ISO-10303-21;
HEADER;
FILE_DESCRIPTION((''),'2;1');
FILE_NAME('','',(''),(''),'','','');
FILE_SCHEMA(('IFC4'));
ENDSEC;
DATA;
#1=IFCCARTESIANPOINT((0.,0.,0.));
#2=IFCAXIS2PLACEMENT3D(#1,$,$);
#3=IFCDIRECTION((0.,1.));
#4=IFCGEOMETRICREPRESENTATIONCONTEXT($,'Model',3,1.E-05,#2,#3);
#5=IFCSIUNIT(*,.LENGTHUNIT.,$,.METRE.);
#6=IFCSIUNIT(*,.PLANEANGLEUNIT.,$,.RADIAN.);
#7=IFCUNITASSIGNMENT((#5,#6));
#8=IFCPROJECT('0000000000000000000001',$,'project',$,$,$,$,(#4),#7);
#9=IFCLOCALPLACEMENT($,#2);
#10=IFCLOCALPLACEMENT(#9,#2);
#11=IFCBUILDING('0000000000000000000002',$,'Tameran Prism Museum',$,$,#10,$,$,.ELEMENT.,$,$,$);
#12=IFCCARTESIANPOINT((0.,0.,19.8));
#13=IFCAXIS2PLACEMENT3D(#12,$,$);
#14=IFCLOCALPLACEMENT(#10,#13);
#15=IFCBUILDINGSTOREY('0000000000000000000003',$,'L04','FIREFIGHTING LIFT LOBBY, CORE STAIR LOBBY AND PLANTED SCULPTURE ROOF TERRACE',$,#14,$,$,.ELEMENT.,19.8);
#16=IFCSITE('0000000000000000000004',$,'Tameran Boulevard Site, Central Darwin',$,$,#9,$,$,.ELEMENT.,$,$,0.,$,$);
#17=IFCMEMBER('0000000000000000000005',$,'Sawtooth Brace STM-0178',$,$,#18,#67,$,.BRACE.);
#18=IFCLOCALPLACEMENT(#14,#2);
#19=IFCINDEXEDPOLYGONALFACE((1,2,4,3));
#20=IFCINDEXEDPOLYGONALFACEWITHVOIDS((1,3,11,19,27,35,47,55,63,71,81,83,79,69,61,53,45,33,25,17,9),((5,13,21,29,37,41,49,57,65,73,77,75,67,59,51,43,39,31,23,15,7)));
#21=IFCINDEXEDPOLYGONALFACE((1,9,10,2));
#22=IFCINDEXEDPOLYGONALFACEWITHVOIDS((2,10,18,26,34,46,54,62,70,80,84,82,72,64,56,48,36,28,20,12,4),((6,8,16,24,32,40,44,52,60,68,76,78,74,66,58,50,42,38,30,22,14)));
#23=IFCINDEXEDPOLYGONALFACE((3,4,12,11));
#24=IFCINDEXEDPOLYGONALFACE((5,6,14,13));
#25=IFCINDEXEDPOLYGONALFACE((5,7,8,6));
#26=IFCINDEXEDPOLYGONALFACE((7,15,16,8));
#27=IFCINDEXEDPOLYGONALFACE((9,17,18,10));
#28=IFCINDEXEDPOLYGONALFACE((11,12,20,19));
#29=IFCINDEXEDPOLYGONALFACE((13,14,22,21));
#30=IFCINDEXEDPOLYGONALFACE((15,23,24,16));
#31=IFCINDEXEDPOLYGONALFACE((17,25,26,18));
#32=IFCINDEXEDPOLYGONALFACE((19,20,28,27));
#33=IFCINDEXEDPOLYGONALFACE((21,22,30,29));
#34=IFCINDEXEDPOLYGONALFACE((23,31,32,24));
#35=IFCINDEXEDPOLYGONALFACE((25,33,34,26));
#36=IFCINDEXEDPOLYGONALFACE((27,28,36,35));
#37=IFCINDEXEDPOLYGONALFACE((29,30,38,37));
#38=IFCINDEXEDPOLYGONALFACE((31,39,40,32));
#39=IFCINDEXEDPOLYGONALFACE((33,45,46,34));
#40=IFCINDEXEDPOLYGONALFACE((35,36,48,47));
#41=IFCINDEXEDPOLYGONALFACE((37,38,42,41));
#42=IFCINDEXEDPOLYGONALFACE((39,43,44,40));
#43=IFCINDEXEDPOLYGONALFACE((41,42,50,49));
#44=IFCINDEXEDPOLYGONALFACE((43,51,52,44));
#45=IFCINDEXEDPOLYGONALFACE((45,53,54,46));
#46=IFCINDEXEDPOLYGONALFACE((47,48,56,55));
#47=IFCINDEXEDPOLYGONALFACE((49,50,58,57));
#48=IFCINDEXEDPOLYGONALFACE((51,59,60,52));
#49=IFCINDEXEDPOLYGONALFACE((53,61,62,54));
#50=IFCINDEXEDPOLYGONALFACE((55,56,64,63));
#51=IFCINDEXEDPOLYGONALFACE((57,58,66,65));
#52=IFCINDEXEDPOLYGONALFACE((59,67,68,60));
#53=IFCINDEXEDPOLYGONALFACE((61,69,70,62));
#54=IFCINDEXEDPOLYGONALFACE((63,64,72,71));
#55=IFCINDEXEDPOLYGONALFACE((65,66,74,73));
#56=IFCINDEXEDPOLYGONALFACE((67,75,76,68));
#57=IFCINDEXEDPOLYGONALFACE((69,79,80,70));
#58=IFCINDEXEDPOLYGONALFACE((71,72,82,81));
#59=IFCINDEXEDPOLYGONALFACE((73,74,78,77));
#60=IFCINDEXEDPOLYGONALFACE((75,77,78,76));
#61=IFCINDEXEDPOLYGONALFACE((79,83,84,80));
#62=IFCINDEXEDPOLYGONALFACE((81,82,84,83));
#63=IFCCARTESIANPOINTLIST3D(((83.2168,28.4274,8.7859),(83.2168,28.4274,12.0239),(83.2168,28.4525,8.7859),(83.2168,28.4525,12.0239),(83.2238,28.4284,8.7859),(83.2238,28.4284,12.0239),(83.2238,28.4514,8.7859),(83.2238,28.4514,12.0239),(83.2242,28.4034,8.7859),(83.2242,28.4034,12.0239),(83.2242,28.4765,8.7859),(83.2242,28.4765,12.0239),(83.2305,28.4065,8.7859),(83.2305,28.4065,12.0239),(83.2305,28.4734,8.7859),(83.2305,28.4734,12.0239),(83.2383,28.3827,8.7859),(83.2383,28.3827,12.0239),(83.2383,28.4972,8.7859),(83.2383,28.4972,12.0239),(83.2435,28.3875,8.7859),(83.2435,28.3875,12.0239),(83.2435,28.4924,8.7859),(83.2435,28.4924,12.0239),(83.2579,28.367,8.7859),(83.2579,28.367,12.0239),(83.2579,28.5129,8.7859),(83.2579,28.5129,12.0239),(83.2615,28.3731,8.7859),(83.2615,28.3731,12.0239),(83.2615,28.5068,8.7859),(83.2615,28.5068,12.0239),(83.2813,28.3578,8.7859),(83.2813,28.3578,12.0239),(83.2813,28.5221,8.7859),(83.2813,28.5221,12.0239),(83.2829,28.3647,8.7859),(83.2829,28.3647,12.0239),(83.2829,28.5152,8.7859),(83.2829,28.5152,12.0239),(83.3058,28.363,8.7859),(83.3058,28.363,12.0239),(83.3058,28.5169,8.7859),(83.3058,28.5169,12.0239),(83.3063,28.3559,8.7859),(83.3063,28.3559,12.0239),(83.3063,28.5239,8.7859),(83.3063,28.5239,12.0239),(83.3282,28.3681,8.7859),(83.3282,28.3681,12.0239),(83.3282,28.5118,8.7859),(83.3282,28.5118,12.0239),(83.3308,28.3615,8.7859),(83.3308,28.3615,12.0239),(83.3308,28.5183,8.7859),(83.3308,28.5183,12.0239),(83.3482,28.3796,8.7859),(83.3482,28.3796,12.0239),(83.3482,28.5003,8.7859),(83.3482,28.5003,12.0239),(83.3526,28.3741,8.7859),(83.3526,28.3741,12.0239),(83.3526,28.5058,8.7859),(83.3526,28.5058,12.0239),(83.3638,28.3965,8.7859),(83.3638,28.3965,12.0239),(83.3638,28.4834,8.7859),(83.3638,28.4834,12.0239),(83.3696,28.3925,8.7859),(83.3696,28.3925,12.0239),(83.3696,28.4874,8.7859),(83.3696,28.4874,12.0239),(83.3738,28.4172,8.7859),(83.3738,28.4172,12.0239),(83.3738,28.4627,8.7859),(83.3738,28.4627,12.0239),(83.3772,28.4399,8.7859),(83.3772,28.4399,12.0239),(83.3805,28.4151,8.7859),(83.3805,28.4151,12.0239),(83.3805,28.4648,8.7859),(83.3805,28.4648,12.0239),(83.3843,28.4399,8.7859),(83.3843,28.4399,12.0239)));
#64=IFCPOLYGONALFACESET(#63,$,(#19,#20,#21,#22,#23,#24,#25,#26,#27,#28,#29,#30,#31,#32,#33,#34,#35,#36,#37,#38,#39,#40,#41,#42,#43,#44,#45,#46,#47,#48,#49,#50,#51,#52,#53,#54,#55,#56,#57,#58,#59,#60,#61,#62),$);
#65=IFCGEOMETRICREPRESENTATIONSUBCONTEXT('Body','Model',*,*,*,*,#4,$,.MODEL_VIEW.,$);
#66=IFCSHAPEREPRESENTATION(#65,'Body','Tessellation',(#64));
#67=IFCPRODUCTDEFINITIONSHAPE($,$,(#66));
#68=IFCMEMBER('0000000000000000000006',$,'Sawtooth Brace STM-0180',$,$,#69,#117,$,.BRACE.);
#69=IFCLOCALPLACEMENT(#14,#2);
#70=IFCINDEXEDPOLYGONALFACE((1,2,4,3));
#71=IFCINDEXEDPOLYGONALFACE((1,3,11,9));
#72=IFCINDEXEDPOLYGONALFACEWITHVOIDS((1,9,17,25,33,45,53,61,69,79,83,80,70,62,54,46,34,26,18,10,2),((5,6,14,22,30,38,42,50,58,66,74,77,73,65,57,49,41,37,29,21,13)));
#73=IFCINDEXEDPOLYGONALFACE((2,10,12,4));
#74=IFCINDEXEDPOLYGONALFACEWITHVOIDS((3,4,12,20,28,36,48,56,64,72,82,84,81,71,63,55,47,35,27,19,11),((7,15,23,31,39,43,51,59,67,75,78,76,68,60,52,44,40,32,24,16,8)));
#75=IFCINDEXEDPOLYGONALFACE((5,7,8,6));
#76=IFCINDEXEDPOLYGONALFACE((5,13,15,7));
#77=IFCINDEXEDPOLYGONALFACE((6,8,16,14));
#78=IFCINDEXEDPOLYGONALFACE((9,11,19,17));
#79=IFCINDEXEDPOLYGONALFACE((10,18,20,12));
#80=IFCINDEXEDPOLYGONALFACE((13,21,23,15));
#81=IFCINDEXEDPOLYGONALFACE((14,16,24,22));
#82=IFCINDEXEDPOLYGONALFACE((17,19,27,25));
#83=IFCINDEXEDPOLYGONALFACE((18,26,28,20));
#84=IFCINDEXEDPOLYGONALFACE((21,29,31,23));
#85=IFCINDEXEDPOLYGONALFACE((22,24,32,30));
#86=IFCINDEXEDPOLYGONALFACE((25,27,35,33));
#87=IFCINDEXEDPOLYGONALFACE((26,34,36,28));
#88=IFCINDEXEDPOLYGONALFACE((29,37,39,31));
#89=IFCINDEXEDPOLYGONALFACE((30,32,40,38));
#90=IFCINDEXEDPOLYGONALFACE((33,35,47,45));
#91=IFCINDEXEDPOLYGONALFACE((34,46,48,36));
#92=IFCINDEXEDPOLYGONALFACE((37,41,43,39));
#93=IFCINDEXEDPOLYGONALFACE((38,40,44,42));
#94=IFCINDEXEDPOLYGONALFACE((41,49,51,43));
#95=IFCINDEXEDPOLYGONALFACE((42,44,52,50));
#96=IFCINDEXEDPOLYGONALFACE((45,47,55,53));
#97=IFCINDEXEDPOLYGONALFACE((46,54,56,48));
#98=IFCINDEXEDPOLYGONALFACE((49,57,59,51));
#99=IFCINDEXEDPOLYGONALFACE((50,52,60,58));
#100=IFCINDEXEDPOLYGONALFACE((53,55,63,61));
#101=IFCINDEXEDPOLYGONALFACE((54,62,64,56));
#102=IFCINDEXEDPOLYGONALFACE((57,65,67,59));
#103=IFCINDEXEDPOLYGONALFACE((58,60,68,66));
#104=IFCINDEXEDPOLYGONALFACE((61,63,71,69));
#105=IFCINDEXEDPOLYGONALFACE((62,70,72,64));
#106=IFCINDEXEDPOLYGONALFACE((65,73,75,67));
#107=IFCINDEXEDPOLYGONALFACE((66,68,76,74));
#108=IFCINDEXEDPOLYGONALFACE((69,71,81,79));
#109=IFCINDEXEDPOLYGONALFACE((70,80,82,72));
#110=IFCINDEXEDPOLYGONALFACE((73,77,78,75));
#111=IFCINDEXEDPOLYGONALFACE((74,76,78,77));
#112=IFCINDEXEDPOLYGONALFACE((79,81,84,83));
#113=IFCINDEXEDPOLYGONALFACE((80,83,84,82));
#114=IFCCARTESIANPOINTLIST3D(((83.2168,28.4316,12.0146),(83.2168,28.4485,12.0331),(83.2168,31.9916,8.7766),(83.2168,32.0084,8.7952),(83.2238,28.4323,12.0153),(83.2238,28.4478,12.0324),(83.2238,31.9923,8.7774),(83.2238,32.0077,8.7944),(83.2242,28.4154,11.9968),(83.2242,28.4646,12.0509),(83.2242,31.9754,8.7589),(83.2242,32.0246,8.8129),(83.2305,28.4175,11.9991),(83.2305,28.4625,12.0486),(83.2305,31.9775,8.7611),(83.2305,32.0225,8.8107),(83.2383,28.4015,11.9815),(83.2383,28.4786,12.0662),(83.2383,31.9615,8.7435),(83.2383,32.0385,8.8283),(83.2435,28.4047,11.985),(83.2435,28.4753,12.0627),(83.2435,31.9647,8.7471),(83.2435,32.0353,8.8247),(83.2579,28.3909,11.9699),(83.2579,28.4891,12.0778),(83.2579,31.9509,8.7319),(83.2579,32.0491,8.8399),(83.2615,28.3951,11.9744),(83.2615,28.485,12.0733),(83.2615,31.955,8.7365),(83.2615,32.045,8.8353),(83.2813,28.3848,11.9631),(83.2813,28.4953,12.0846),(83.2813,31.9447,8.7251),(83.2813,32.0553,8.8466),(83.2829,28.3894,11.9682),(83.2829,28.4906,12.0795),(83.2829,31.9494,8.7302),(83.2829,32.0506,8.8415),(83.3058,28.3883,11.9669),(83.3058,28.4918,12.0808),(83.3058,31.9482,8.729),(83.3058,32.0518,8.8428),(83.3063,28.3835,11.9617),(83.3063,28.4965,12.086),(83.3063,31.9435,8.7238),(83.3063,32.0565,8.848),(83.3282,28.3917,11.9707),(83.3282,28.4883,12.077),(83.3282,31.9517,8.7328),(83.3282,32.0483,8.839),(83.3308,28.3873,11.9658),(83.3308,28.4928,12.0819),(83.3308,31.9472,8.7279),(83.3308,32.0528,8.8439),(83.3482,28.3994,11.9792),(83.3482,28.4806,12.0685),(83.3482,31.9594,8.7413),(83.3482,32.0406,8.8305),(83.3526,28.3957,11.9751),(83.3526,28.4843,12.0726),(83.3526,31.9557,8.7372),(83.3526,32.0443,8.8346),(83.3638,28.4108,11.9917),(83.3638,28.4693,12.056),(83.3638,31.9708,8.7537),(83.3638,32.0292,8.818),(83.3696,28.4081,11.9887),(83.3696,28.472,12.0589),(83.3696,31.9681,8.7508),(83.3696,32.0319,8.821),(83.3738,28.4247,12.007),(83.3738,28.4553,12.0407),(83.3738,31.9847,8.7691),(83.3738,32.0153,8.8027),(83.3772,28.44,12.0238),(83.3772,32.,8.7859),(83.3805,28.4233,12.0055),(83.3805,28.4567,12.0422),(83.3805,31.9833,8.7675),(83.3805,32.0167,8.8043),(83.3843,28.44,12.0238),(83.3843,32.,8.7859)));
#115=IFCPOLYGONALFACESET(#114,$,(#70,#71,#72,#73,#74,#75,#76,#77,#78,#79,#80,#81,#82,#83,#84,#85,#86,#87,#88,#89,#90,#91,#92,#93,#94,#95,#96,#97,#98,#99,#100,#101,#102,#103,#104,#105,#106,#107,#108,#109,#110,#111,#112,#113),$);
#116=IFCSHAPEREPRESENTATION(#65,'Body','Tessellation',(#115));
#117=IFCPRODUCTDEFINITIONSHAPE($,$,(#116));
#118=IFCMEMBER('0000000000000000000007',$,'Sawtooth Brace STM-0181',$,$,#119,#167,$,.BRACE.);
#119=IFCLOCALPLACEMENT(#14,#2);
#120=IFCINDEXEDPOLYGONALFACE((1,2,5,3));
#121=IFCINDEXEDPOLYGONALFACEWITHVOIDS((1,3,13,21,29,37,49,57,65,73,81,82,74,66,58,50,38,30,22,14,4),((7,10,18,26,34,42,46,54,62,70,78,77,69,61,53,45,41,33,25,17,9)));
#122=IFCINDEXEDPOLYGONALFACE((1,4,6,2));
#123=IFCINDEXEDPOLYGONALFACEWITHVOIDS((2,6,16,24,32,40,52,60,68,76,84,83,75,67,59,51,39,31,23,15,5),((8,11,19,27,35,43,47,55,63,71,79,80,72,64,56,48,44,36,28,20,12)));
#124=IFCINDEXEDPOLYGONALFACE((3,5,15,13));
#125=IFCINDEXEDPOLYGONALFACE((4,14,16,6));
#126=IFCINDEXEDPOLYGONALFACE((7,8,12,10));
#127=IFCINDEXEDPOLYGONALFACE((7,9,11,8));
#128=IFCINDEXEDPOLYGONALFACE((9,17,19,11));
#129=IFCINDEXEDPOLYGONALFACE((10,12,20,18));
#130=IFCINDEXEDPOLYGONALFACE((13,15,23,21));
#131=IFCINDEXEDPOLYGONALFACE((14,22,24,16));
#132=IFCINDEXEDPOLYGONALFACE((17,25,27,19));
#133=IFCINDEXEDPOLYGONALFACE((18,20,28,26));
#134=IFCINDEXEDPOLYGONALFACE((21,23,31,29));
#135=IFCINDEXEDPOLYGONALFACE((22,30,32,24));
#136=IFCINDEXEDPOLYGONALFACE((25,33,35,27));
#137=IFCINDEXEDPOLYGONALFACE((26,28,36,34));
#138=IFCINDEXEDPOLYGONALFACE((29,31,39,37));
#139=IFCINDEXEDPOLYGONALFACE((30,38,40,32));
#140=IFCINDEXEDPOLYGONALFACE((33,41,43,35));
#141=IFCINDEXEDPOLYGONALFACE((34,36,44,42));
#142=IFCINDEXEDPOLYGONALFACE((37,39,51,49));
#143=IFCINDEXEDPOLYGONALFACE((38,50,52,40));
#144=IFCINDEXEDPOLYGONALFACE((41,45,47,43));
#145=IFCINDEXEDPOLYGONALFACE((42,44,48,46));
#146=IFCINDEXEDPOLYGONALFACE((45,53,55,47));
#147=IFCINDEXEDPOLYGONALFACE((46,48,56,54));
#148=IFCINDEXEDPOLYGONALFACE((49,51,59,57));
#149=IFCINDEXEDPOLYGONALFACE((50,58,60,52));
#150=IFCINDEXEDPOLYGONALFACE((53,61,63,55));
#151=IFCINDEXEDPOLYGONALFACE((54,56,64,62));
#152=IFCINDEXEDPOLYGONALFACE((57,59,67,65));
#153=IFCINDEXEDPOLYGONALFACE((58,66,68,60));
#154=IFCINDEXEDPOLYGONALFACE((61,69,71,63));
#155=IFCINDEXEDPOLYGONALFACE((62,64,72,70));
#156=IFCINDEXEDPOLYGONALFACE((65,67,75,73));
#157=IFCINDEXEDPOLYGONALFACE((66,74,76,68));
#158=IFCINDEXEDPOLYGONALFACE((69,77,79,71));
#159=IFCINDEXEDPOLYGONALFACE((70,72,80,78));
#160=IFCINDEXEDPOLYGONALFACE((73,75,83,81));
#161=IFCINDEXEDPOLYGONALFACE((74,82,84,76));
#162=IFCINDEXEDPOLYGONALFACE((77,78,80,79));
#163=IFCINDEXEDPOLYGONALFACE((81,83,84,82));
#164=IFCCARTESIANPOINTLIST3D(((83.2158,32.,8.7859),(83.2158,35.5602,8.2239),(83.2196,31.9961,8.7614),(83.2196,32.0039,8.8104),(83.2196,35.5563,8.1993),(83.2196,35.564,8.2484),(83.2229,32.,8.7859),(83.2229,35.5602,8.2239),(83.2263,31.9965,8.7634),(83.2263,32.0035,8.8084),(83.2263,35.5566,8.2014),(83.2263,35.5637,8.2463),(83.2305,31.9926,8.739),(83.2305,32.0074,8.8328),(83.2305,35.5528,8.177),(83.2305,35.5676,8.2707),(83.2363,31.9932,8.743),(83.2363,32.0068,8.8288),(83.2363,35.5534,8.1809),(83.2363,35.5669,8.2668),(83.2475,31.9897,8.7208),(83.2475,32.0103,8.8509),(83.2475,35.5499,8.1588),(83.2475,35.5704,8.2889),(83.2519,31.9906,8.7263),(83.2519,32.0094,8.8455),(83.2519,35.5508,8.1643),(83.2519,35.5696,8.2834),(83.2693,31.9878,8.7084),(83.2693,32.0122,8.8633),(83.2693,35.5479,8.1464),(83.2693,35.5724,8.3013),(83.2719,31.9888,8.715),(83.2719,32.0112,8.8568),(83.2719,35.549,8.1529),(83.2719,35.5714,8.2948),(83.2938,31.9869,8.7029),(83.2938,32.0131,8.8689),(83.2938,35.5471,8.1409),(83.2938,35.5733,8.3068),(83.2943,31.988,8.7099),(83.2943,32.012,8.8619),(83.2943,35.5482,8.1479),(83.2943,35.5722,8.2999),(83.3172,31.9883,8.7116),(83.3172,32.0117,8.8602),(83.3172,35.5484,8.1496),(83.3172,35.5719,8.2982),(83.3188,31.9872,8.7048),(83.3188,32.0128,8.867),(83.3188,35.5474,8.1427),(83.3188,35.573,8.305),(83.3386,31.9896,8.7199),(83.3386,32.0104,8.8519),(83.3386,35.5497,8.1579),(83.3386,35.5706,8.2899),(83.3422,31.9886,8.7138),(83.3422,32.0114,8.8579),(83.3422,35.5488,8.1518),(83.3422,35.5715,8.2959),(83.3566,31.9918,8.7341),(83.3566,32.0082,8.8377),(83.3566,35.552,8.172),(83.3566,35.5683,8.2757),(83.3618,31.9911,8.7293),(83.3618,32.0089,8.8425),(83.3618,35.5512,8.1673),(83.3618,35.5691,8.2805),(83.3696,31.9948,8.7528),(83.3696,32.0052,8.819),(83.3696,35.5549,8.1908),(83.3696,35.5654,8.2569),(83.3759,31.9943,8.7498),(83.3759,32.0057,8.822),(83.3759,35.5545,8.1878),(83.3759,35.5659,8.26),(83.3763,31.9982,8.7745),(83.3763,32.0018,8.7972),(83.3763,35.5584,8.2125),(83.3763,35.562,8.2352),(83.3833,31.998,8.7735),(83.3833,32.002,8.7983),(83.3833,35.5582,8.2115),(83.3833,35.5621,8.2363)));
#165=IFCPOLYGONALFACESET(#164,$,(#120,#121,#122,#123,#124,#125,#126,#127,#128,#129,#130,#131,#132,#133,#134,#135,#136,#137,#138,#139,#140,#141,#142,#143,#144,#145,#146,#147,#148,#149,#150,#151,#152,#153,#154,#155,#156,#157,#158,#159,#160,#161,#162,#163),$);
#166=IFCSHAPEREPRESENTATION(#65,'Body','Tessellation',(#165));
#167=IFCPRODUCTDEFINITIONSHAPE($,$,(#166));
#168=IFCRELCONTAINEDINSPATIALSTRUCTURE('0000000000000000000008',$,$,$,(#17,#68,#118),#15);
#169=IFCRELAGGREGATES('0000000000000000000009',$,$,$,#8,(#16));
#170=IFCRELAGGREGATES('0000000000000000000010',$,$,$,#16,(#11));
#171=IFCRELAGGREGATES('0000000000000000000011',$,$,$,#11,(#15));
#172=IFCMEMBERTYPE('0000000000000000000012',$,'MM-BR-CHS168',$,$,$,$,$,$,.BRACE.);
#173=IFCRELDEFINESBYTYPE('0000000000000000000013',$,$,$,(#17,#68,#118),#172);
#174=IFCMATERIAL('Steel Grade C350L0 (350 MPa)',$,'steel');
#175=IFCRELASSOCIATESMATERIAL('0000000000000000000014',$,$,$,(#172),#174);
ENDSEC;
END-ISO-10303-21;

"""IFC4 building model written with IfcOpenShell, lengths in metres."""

from ifc_helpers import new_model, si_unit, direction, frame, origin, origin_2d, place, context, subcontext, project, spatial, hollow_circle, extrude, material, material_profile, profile_set, type_object, element, save


model = new_model("IFC4")

# Units and contexts
model_context = context("Model", 3, precision=1e-05, world=origin(), true_north=direction((0.0, 1.0)))
body_context = subcontext(model_context, "Body", "Model", "MODEL_VIEW")
ifc_project = project(units=[si_unit("LENGTHUNIT", "METRE"), si_unit("PLANEANGLEUNIT", "RADIAN")], contexts=[model_context])

# Site, building, storey
site_placement = place(None, origin())
site = spatial("IfcSite", under=ifc_project, at=site_placement, Name="Tameran Boulevard Site, Central Darwin", CompositionType="ELEMENT", RefElevation=0.0)
building_placement = place(site_placement, origin())
building = spatial("IfcBuilding", under=site, at=building_placement, Name="Tameran Prism Museum", CompositionType="ELEMENT")
storey_placement = place(building_placement, frame((0.0, 0.0, 19.8)))
storey = spatial("IfcBuildingStorey", under=building, at=storey_placement, Name="L04", Description="FIREFIGHTING LIFT LOBBY, CORE STAIR LOBBY AND PLANTED SCULPTURE ROOF TERRACE", CompositionType="ELEMENT", Elevation=19.8)

# Members
ifc_material_1 = material(Name="Steel Grade C350L0 (350 MPa)", Category="steel")
ifc_material_profile_1 = material_profile(ifc_material_1, hollow_circle(Radius=0.0842, WallThickness=0.0071, at=origin_2d()))
ifc_profile_set_1 = profile_set([ifc_material_profile_1])
member_type_1 = type_object("IfcMemberType", Name="MM-BR-CHS168", PredefinedType="BRACE", material=ifc_profile_set_1)
member_1_placement = place(storey_placement, frame((83.3, 28.4399, 8.7859), z_axis=(0.0, 0.0, 1.0), x_axis=(1.0, 0.0, 0.0)))
element("IfcMember", 1, at=member_1_placement, inside=storey, type_object=member_type_1, Name="Sawtooth Brace STM-0178", PredefinedType="BRACE", context=body_context, shape_type="SweptSolid", body=[
    extrude(hollow_circle(Radius=0.0842, WallThickness=0.0071, at=origin_2d()), origin(), (0.0, 0.0, 1.0), 3.238),
])
member_2_placement = place(storey_placement, frame((83.3, 32.0, 8.7859), z_axis=(0.0, -0.739772, 0.672857), x_axis=(1.0, 0.0, 0.0)))
element("IfcMember", 2, at=member_2_placement, inside=storey, type_object=member_type_1, Name="Sawtooth Brace STM-0180", PredefinedType="BRACE", context=body_context, shape_type="SweptSolid", body=[
    extrude(hollow_circle(Radius=0.0842, WallThickness=0.0071, at=origin_2d()), origin(), (0.0, 0.0, 1.0), 4.8123),
])
member_3_placement = place(storey_placement, frame((83.3, 32.0, 8.7859), z_axis=(0.0, 0.987767, -0.155935), x_axis=(-1.0, 0.0, 0.0)))
element("IfcMember", 3, at=member_3_placement, inside=storey, type_object=member_type_1, Name="Sawtooth Brace STM-0181", PredefinedType="BRACE", context=body_context, shape_type="SweptSolid", body=[
    extrude(hollow_circle(Radius=0.0842, WallThickness=0.0071, at=origin_2d()), origin(), (0.0, 0.0, 1.0), 3.6042),
])

save(model, "model.ifc")
